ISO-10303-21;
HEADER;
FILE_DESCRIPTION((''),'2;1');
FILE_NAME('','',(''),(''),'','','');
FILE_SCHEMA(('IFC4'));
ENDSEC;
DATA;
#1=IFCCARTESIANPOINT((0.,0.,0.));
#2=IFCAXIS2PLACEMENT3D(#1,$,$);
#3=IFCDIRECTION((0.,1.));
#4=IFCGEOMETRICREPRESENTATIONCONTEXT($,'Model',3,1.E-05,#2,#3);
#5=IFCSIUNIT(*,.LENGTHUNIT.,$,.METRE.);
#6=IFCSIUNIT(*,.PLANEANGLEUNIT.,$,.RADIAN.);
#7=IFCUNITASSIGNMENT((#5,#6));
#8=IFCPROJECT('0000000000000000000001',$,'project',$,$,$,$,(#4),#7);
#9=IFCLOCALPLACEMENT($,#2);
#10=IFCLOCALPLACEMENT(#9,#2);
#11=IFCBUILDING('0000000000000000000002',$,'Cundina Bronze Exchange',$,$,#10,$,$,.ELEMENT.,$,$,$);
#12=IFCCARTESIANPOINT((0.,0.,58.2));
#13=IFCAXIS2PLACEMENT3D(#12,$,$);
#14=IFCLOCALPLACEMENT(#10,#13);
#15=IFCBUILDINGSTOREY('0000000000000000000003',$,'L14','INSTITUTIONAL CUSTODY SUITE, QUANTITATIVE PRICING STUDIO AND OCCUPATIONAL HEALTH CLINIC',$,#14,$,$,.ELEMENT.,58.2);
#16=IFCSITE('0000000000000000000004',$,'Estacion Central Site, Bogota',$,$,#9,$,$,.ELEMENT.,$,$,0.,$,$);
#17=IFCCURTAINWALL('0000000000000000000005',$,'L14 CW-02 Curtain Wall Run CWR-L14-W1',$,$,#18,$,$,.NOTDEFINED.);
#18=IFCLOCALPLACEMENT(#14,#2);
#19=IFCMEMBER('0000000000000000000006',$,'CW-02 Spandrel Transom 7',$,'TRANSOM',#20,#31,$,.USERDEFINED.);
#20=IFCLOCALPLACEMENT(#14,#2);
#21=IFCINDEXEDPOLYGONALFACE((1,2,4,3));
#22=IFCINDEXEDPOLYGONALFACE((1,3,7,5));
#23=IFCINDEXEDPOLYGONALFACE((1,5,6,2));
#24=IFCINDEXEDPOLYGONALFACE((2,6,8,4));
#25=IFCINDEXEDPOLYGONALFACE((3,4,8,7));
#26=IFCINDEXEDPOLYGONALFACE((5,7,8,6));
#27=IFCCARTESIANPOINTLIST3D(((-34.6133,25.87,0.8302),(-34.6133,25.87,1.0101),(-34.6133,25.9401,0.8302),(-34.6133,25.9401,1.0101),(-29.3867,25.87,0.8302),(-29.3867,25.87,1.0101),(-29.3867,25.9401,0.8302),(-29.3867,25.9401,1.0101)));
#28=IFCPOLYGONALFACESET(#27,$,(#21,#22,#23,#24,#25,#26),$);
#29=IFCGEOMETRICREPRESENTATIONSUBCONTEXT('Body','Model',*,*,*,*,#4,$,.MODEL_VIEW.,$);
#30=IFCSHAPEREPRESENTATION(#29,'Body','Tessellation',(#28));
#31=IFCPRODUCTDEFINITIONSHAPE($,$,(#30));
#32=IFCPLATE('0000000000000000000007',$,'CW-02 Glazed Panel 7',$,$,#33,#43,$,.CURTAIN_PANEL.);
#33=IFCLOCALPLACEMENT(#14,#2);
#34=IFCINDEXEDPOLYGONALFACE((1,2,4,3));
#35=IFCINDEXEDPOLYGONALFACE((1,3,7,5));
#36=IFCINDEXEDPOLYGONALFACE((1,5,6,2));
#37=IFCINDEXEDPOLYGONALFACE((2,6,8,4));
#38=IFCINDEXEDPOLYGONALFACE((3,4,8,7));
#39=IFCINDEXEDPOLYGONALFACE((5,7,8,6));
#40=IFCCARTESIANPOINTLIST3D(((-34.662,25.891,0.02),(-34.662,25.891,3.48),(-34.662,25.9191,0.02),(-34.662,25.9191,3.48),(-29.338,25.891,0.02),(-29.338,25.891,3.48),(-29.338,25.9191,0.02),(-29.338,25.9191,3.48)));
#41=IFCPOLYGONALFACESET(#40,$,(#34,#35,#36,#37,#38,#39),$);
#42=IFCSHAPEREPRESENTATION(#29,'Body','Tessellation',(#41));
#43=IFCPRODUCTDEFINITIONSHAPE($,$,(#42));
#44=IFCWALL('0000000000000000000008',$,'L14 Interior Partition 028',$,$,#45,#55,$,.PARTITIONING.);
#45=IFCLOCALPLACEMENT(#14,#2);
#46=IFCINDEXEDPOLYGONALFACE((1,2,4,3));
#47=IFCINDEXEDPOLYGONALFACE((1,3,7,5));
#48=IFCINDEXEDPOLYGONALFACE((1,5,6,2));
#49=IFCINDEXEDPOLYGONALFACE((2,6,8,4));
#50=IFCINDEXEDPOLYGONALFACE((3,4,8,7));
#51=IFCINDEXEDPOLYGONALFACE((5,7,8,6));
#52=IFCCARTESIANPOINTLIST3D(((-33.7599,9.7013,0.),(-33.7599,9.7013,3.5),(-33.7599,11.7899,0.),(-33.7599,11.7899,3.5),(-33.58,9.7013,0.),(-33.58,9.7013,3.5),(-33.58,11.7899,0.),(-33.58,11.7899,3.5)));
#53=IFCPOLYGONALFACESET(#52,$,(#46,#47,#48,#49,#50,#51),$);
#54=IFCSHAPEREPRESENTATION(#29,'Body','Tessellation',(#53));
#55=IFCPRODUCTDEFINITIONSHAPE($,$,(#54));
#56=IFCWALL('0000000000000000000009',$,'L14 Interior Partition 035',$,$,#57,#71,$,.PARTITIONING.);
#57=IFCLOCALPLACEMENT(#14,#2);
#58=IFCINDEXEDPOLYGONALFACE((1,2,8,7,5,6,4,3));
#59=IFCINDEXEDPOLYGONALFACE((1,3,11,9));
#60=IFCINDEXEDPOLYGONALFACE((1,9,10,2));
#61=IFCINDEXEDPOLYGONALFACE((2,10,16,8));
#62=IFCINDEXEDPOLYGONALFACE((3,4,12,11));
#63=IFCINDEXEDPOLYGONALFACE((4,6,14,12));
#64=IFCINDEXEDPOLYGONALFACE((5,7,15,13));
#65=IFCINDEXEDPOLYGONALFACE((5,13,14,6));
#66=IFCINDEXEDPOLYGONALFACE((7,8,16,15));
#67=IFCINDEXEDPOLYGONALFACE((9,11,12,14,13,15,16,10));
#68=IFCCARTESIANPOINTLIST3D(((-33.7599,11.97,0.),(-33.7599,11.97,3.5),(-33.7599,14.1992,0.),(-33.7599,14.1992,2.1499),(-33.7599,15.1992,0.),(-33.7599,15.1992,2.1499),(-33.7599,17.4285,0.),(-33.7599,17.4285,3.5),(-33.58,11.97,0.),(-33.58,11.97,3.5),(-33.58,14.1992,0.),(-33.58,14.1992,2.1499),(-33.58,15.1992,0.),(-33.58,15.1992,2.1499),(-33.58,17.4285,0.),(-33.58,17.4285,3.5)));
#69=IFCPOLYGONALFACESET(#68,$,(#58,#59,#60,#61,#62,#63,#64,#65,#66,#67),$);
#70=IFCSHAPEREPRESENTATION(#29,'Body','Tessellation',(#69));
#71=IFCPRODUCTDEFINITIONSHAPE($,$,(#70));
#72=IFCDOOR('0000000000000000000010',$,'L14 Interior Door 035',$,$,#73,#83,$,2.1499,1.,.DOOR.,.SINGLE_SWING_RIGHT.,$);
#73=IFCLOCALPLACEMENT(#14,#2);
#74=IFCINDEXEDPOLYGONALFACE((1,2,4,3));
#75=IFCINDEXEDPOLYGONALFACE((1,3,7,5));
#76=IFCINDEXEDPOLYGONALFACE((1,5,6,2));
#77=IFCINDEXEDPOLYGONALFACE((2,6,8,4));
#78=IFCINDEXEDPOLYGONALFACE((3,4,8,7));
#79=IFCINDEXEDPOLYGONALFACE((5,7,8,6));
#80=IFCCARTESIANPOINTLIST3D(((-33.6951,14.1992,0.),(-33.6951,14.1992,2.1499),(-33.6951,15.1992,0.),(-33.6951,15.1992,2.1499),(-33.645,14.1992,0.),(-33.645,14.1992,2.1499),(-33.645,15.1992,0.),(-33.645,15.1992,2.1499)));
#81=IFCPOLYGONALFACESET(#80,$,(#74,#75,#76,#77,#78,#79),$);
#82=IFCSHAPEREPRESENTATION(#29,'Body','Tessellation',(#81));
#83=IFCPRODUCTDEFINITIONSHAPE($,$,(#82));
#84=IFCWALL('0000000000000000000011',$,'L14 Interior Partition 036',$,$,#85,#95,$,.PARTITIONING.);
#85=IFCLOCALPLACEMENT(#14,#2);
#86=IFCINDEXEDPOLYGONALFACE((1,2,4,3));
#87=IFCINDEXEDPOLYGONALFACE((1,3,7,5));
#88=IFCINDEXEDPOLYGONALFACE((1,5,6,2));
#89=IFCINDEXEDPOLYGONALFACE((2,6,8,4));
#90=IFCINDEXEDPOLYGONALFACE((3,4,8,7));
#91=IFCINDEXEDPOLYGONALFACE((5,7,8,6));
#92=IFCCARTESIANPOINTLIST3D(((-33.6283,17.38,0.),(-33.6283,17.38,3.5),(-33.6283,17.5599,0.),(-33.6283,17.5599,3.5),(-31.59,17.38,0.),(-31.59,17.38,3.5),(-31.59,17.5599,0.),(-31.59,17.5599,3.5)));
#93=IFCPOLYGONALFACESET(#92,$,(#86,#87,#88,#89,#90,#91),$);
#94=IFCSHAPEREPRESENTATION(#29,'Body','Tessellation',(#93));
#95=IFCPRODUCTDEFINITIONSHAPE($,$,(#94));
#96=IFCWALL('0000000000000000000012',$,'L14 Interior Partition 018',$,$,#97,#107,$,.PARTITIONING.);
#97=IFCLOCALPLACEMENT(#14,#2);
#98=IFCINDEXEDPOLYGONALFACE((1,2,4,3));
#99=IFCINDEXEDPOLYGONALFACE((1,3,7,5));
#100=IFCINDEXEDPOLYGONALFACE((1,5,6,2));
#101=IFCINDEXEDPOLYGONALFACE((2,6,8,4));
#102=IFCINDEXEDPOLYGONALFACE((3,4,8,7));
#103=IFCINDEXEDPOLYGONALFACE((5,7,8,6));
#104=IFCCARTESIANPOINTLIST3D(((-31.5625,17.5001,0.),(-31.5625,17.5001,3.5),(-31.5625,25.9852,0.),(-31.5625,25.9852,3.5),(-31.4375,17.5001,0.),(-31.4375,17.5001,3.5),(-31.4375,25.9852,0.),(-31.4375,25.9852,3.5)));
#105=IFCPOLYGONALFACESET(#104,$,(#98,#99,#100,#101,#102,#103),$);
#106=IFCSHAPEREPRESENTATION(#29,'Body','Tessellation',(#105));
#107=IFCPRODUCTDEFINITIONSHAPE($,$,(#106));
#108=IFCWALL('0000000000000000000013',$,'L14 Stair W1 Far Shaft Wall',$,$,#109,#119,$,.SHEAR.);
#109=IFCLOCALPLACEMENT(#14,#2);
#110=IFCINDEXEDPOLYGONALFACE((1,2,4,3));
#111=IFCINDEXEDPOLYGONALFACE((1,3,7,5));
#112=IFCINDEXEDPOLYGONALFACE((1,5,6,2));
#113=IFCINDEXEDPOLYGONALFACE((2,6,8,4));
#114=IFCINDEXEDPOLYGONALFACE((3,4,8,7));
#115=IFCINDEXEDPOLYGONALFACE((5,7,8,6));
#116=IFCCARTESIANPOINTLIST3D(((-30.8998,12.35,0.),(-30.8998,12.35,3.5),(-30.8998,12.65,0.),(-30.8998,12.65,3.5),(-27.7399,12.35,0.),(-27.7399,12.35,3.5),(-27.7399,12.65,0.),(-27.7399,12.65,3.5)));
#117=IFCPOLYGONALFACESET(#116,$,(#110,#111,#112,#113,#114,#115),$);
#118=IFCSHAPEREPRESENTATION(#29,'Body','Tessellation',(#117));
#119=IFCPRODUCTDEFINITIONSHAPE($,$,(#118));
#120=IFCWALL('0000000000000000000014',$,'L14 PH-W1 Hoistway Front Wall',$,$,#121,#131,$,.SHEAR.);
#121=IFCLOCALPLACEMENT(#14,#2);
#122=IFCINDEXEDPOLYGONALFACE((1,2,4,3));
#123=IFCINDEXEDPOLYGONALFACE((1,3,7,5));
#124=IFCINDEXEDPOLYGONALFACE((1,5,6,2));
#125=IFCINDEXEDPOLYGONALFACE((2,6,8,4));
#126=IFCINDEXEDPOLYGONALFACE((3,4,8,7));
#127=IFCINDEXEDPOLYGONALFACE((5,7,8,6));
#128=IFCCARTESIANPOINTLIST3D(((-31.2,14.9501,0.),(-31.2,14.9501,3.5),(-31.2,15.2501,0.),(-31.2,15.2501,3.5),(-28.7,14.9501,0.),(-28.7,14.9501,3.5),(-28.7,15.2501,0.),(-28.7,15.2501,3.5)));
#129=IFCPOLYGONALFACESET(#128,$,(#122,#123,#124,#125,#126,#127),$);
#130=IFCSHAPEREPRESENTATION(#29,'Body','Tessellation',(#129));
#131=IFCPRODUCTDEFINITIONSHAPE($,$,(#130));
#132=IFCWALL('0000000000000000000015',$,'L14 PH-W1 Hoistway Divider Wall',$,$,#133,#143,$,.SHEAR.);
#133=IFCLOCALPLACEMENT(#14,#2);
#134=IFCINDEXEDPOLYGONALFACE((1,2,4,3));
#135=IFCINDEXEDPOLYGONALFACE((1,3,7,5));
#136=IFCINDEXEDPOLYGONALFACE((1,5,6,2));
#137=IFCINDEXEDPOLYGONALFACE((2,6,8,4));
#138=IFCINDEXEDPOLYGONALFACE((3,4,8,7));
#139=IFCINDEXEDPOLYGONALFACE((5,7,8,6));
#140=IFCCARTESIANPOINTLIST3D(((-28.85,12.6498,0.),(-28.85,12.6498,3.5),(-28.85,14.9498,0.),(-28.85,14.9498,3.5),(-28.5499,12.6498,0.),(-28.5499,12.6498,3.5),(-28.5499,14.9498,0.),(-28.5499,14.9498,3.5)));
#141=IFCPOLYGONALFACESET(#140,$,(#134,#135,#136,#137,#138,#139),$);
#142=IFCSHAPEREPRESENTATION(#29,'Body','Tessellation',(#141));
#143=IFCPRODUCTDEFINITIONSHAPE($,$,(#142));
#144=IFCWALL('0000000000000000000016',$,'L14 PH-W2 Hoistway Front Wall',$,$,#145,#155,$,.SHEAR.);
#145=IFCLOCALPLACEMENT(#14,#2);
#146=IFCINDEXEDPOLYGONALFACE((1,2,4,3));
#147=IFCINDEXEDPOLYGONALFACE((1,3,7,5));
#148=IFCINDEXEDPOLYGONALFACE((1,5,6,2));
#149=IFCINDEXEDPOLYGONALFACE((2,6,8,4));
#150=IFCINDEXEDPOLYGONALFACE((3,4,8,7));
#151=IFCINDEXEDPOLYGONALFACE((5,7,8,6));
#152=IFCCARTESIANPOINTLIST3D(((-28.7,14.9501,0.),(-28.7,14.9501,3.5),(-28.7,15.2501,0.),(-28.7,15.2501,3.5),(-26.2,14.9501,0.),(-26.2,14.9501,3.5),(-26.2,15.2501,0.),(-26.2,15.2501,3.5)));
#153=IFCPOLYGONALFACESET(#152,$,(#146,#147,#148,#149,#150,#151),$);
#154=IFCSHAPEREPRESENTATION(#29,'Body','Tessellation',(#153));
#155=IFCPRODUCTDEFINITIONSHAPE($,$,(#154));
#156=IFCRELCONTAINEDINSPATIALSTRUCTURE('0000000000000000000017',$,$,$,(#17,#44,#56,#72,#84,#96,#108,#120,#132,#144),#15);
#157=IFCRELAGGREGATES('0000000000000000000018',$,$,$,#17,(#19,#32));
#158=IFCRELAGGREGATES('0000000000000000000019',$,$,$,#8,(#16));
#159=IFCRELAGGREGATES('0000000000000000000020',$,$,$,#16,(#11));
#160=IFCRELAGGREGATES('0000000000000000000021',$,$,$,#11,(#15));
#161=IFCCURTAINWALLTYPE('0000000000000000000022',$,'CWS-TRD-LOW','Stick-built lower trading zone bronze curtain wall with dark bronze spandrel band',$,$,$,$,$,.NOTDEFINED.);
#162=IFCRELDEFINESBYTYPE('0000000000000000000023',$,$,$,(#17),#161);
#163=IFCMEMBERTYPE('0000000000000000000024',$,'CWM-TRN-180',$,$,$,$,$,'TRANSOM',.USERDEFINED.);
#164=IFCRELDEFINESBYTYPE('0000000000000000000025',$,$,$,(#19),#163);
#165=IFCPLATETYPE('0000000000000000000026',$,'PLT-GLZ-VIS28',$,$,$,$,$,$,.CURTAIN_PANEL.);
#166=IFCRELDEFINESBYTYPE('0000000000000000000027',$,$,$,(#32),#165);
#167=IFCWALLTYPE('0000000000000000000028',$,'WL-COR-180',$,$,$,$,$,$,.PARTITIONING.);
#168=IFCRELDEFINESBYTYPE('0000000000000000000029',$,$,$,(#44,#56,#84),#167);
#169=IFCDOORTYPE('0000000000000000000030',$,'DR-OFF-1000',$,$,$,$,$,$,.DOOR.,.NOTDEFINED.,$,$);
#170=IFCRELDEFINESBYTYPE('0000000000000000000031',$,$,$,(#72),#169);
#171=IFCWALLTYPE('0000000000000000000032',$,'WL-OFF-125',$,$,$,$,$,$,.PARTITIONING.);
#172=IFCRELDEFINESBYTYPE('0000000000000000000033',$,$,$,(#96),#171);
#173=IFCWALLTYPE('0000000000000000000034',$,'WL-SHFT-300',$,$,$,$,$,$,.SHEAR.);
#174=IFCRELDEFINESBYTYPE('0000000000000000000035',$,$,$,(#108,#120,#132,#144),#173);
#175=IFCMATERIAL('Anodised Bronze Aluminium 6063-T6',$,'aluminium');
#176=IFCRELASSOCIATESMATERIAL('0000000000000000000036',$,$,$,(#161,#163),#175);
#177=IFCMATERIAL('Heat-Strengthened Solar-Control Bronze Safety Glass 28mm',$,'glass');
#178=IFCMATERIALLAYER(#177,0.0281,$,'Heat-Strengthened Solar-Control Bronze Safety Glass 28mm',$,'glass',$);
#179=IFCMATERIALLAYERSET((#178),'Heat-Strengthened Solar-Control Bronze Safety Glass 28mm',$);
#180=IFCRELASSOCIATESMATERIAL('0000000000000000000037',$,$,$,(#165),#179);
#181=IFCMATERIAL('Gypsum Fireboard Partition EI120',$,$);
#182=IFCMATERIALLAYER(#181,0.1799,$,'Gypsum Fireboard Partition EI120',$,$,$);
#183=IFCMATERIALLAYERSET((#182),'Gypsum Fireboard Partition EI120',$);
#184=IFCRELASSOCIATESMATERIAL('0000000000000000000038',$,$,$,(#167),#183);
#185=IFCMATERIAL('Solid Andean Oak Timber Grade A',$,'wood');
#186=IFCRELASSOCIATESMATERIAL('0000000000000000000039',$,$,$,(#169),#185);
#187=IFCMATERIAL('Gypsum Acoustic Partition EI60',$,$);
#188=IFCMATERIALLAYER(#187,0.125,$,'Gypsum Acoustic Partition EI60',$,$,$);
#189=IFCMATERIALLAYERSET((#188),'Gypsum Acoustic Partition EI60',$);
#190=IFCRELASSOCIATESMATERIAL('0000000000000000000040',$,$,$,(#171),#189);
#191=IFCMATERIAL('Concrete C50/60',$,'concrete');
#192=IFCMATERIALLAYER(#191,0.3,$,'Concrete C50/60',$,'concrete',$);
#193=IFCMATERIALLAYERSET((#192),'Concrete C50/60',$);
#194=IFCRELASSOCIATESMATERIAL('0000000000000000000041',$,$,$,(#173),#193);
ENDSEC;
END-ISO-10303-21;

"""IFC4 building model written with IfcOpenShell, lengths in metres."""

from ifc_helpers import new_model, si_unit, direction, frame, frame_2d, origin, origin_2d, place, context, subcontext, project, spatial, rectangle, extrude, material, layer, layer_set, material_profile, profile_set, type_object, element, fill, aggregate, save


model = new_model("IFC4")

# Units and contexts
model_context = context("Model", 3, precision=1e-05, world=origin(), true_north=direction((0.0, 1.0)))
body_context = subcontext(model_context, "Body", "Model", "MODEL_VIEW")
ifc_project = project(units=[si_unit("LENGTHUNIT", "METRE"), si_unit("PLANEANGLEUNIT", "RADIAN")], contexts=[model_context])

# Site, building, storey
site_placement = place(None, origin())
site = spatial("IfcSite", under=ifc_project, at=site_placement, Name="Estacion Central Site, Bogota", CompositionType="ELEMENT", RefElevation=0.0)
building_placement = place(site_placement, origin())
building = spatial("IfcBuilding", under=site, at=building_placement, Name="Cundina Bronze Exchange", CompositionType="ELEMENT")
storey_placement = place(building_placement, frame((0.0, 0.0, 58.2)))
storey = spatial("IfcBuildingStorey", under=building, at=storey_placement, Name="L14", Description="INSTITUTIONAL CUSTODY SUITE, QUANTITATIVE PRICING STUDIO AND OCCUPATIONAL HEALTH CLINIC", CompositionType="ELEMENT", Elevation=58.2)

# Curtain wall
ifc_material_1 = material(Name="Anodised Bronze Aluminium 6063-T6", Category="aluminium")
curtain_wall_type = type_object("IfcCurtainWallType", Name="CWS-TRD-LOW", Description="Stick-built lower trading zone bronze curtain wall with dark bronze spandrel band", PredefinedType="NOTDEFINED", material=ifc_material_1)
curtain_wall_1_placement = place(storey_placement, origin())
curtain_wall_1 = element("IfcCurtainWall", 1, at=curtain_wall_1_placement, inside=storey, type_object=curtain_wall_type, Name="L14 CW-02 Curtain Wall Run CWR-L14-W1", PredefinedType="NOTDEFINED")

# Member
ifc_material_profile_1 = material_profile(ifc_material_1, rectangle(XDim=0.0701, YDim=0.1799, at=origin_2d()), Name="AL70X180", Category="aluminium")
ifc_profile_set_1 = profile_set([ifc_material_profile_1], Name="Anodised Bronze Aluminium 6063-T6")
member_type_1 = type_object("IfcMemberType", Name="CWM-TRN-180", ElementType="TRANSOM", PredefinedType="USERDEFINED", material=ifc_profile_set_1)
member_1_placement = place(storey_placement, frame((-29.3867, 25.905, 0.9202), z_axis=(-1.0, 0.0, 0.0), x_axis=(0.0, -1.0, 0.0)))
member_1 = element("IfcMember", 2, at=member_1_placement, type_object=member_type_1, Name="CW-02 Spandrel Transom 7", ObjectType="TRANSOM", PredefinedType="USERDEFINED", context=body_context, shape_type="SweptSolid", body=[
    extrude(rectangle(XDim=0.0701, YDim=0.1799, at=origin_2d()), origin(), (0.0, 0.0, 1.0), 5.2266),
])

# Plate
ifc_material_2 = material(Name="Heat-Strengthened Solar-Control Bronze Safety Glass 28mm", Category="glass")
ifc_layer_1 = layer(ifc_material_2, 0.0281, Name="Heat-Strengthened Solar-Control Bronze Safety Glass 28mm", Category="glass")
ifc_layer_set_1 = layer_set([ifc_layer_1], Name="Heat-Strengthened Solar-Control Bronze Safety Glass 28mm")
plate_type = type_object("IfcPlateType", Name="PLT-GLZ-VIS28", PredefinedType="CURTAIN_PANEL", material=ifc_layer_set_1)
plate_placement = place(storey_placement, frame((-32.0, 25.905, 0.02), z_axis=(0.0, 0.0, 1.0), x_axis=(-1.0, 0.0, 0.0)))
plate = element("IfcPlate", 3, at=plate_placement, type_object=plate_type, Name="CW-02 Glazed Panel 7", PredefinedType="CURTAIN_PANEL", context=body_context, shape_type="SweptSolid", body=[
    extrude(rectangle(XDim=5.324, YDim=0.0281, at=origin_2d()), origin(), (0.0, 0.0, 1.0), 3.46),
])
aggregate(curtain_wall_1, [member_1, plate])

# Shared definitions
ifc_material_3 = material(Name="Gypsum Fireboard Partition EI120")
ifc_layer_2 = layer(ifc_material_3, 0.1799, Name="Gypsum Fireboard Partition EI120")
ifc_layer_set_2 = layer_set([ifc_layer_2], Name="Gypsum Fireboard Partition EI120")
wall_type_1 = type_object("IfcWallType", Name="WL-COR-180", PredefinedType="PARTITIONING", material=ifc_layer_set_2)
ifc_material_4 = material(Name="Solid Andean Oak Timber Grade A", Category="wood")
door_type_1 = type_object("IfcDoorType", Name="DR-OFF-1000", OperationType="NOTDEFINED", PredefinedType="DOOR", material=ifc_material_4)

# Wall
wall_1_placement = place(storey_placement, frame((-33.6699, 11.79, 0.0), z_axis=(0.0, 0.0, 1.0), x_axis=(0.0, -1.0, 0.0)))
element("IfcWall", 4, at=wall_1_placement, inside=storey, type_object=wall_type_1, Name="L14 Interior Partition 028", PredefinedType="PARTITIONING", context=body_context, shape_type="SweptSolid", body=[
    extrude(rectangle(XDim=2.0886, YDim=0.1799, at=frame_2d((1.0444, 0.0))), origin(), (0.0, 0.0, 1.0), 3.5),
])

# Wall, opening, door
wall_2_placement = place(storey_placement, frame((-33.6699, 17.4285, 0.0), z_axis=(0.0, 0.0, 1.0), x_axis=(0.0, -1.0, 0.0)))
wall_2 = element("IfcWall", 5, at=wall_2_placement, inside=storey, type_object=wall_type_1, Name="L14 Interior Partition 035", PredefinedType="PARTITIONING", context=body_context, shape_type="SweptSolid", body=[
    extrude(rectangle(XDim=5.4585, YDim=0.1799, at=frame_2d((2.7292, 0.0))), origin(), (0.0, 0.0, 1.0), 3.5),
])
opening_1_placement = place(wall_2_placement, frame((2.2292, 0.0, 0.0)))
opening_1 = element("IfcOpeningElement", 6, at=opening_1_placement, cuts=wall_2, PredefinedType="OPENING", context=body_context, shape_type="SweptSolid", body=[
    extrude(rectangle(XDim=1.0, YDim=2.1499, at=frame_2d((0.5, 1.075))), frame((0.0, 0.0999, 0.0), z_axis=(0.0, -1.0, 0.0), x_axis=(1.0, 0.0, 0.0)), (0.0, 0.0, 1.0), 0.2),
])
door_1_placement = place(opening_1_placement, origin())
door_1 = element("IfcDoor", 7, at=door_1_placement, inside=storey, type_object=door_type_1, Name="L14 Interior Door 035", OperationType="SINGLE_SWING_RIGHT", OverallHeight=2.1499, OverallWidth=1.0, PredefinedType="DOOR", context=body_context, shape_type="SweptSolid", body=[
    extrude(rectangle(XDim=1.0, YDim=2.1499, at=frame_2d((0.5, 1.075))), frame((0.0, 0.0249, 0.0), z_axis=(0.0, -1.0, 0.0), x_axis=(1.0, 0.0, 0.0)), (0.0, 0.0, 1.0), 0.05),
])
fill(opening_1, door_1)

# Walls
wall_3_placement = place(storey_placement, frame((-31.5901, 17.47, 0.0), z_axis=(0.0, 0.0, 1.0), x_axis=(-1.0, 0.0, 0.0)))
element("IfcWall", 8, at=wall_3_placement, inside=storey, type_object=wall_type_1, Name="L14 Interior Partition 036", PredefinedType="PARTITIONING", context=body_context, shape_type="SweptSolid", body=[
    extrude(rectangle(XDim=2.0383, YDim=0.1799, at=frame_2d((1.019, 0.0))), origin(), (0.0, 0.0, 1.0), 3.5),
])
ifc_material_5 = material(Name="Gypsum Acoustic Partition EI60")
ifc_layer_3 = layer(ifc_material_5, 0.125, Name="Gypsum Acoustic Partition EI60")
ifc_layer_set_3 = layer_set([ifc_layer_3], Name="Gypsum Acoustic Partition EI60")
wall_type_2 = type_object("IfcWallType", Name="WL-OFF-125", PredefinedType="PARTITIONING", material=ifc_layer_set_3)
wall_4_placement = place(storey_placement, frame((-31.5, 17.5, 0.0), z_axis=(0.0, 0.0, 1.0), x_axis=(0.0, 1.0, 0.0)))
element("IfcWall", 9, at=wall_4_placement, inside=storey, type_object=wall_type_2, Name="L14 Interior Partition 018", PredefinedType="PARTITIONING", context=body_context, shape_type="SweptSolid", body=[
    extrude(rectangle(XDim=8.4851, YDim=0.125, at=frame_2d((4.2427, 0.0))), origin(), (0.0, 0.0, 1.0), 3.5),
])

# Shared definitions
ifc_material_6 = material(Name="Concrete C50/60", Category="concrete")
ifc_layer_4 = layer(ifc_material_6, 0.3, Name="Concrete C50/60", Category="concrete")
ifc_layer_set_4 = layer_set([ifc_layer_4], Name="Concrete C50/60")
wall_type_3 = type_object("IfcWallType", Name="WL-SHFT-300", PredefinedType="SHEAR", material=ifc_layer_set_4)

# Walls
wall_5_placement = place(storey_placement, frame((-30.8999, 12.5, 0.0), z_axis=(0.0, 0.0, 1.0), x_axis=(1.0, 0.0, 0.0)))
element("IfcWall", 10, at=wall_5_placement, inside=storey, type_object=wall_type_3, Name="L14 Stair W1 Far Shaft Wall", PredefinedType="SHEAR", context=body_context, shape_type="SweptSolid", body=[
    extrude(rectangle(XDim=3.1599, YDim=0.3, at=frame_2d((1.5801, 0.0))), origin(), (0.0, 0.0, 1.0), 3.5),
])
wall_6_placement = place(storey_placement, frame((-31.2, 15.1001, 0.0), z_axis=(0.0, 0.0, 1.0), x_axis=(1.0, 0.0, 0.0)))
element("IfcWall", 11, at=wall_6_placement, inside=storey, type_object=wall_type_3, Name="L14 PH-W1 Hoistway Front Wall", PredefinedType="SHEAR", context=body_context, shape_type="SweptSolid", body=[
    extrude(rectangle(XDim=2.5, YDim=0.3, at=frame_2d((1.25, 0.0))), origin(), (0.0, 0.0, 1.0), 3.5),
])
wall_7_placement = place(storey_placement, frame((-28.7, 12.6499, 0.0), z_axis=(0.0, 0.0, 1.0), x_axis=(0.0, 1.0, 0.0)))
element("IfcWall", 12, at=wall_7_placement, inside=storey, type_object=wall_type_3, Name="L14 PH-W1 Hoistway Divider Wall", PredefinedType="SHEAR", context=body_context, shape_type="SweptSolid", body=[
    extrude(rectangle(XDim=2.3, YDim=0.3, at=frame_2d((1.1499, 0.0))), origin(), (0.0, 0.0, 1.0), 3.5),
])
wall_8_placement = place(storey_placement, frame((-28.7, 15.1001, 0.0), z_axis=(0.0, 0.0, 1.0), x_axis=(1.0, 0.0, 0.0)))
element("IfcWall", 13, at=wall_8_placement, inside=storey, type_object=wall_type_3, Name="L14 PH-W2 Hoistway Front Wall", PredefinedType="SHEAR", context=body_context, shape_type="SweptSolid", body=[
    extrude(rectangle(XDim=2.5, YDim=0.3, at=frame_2d((1.25, 0.0))), origin(), (0.0, 0.0, 1.0), 3.5),
])

save(model, "model.ifc")
